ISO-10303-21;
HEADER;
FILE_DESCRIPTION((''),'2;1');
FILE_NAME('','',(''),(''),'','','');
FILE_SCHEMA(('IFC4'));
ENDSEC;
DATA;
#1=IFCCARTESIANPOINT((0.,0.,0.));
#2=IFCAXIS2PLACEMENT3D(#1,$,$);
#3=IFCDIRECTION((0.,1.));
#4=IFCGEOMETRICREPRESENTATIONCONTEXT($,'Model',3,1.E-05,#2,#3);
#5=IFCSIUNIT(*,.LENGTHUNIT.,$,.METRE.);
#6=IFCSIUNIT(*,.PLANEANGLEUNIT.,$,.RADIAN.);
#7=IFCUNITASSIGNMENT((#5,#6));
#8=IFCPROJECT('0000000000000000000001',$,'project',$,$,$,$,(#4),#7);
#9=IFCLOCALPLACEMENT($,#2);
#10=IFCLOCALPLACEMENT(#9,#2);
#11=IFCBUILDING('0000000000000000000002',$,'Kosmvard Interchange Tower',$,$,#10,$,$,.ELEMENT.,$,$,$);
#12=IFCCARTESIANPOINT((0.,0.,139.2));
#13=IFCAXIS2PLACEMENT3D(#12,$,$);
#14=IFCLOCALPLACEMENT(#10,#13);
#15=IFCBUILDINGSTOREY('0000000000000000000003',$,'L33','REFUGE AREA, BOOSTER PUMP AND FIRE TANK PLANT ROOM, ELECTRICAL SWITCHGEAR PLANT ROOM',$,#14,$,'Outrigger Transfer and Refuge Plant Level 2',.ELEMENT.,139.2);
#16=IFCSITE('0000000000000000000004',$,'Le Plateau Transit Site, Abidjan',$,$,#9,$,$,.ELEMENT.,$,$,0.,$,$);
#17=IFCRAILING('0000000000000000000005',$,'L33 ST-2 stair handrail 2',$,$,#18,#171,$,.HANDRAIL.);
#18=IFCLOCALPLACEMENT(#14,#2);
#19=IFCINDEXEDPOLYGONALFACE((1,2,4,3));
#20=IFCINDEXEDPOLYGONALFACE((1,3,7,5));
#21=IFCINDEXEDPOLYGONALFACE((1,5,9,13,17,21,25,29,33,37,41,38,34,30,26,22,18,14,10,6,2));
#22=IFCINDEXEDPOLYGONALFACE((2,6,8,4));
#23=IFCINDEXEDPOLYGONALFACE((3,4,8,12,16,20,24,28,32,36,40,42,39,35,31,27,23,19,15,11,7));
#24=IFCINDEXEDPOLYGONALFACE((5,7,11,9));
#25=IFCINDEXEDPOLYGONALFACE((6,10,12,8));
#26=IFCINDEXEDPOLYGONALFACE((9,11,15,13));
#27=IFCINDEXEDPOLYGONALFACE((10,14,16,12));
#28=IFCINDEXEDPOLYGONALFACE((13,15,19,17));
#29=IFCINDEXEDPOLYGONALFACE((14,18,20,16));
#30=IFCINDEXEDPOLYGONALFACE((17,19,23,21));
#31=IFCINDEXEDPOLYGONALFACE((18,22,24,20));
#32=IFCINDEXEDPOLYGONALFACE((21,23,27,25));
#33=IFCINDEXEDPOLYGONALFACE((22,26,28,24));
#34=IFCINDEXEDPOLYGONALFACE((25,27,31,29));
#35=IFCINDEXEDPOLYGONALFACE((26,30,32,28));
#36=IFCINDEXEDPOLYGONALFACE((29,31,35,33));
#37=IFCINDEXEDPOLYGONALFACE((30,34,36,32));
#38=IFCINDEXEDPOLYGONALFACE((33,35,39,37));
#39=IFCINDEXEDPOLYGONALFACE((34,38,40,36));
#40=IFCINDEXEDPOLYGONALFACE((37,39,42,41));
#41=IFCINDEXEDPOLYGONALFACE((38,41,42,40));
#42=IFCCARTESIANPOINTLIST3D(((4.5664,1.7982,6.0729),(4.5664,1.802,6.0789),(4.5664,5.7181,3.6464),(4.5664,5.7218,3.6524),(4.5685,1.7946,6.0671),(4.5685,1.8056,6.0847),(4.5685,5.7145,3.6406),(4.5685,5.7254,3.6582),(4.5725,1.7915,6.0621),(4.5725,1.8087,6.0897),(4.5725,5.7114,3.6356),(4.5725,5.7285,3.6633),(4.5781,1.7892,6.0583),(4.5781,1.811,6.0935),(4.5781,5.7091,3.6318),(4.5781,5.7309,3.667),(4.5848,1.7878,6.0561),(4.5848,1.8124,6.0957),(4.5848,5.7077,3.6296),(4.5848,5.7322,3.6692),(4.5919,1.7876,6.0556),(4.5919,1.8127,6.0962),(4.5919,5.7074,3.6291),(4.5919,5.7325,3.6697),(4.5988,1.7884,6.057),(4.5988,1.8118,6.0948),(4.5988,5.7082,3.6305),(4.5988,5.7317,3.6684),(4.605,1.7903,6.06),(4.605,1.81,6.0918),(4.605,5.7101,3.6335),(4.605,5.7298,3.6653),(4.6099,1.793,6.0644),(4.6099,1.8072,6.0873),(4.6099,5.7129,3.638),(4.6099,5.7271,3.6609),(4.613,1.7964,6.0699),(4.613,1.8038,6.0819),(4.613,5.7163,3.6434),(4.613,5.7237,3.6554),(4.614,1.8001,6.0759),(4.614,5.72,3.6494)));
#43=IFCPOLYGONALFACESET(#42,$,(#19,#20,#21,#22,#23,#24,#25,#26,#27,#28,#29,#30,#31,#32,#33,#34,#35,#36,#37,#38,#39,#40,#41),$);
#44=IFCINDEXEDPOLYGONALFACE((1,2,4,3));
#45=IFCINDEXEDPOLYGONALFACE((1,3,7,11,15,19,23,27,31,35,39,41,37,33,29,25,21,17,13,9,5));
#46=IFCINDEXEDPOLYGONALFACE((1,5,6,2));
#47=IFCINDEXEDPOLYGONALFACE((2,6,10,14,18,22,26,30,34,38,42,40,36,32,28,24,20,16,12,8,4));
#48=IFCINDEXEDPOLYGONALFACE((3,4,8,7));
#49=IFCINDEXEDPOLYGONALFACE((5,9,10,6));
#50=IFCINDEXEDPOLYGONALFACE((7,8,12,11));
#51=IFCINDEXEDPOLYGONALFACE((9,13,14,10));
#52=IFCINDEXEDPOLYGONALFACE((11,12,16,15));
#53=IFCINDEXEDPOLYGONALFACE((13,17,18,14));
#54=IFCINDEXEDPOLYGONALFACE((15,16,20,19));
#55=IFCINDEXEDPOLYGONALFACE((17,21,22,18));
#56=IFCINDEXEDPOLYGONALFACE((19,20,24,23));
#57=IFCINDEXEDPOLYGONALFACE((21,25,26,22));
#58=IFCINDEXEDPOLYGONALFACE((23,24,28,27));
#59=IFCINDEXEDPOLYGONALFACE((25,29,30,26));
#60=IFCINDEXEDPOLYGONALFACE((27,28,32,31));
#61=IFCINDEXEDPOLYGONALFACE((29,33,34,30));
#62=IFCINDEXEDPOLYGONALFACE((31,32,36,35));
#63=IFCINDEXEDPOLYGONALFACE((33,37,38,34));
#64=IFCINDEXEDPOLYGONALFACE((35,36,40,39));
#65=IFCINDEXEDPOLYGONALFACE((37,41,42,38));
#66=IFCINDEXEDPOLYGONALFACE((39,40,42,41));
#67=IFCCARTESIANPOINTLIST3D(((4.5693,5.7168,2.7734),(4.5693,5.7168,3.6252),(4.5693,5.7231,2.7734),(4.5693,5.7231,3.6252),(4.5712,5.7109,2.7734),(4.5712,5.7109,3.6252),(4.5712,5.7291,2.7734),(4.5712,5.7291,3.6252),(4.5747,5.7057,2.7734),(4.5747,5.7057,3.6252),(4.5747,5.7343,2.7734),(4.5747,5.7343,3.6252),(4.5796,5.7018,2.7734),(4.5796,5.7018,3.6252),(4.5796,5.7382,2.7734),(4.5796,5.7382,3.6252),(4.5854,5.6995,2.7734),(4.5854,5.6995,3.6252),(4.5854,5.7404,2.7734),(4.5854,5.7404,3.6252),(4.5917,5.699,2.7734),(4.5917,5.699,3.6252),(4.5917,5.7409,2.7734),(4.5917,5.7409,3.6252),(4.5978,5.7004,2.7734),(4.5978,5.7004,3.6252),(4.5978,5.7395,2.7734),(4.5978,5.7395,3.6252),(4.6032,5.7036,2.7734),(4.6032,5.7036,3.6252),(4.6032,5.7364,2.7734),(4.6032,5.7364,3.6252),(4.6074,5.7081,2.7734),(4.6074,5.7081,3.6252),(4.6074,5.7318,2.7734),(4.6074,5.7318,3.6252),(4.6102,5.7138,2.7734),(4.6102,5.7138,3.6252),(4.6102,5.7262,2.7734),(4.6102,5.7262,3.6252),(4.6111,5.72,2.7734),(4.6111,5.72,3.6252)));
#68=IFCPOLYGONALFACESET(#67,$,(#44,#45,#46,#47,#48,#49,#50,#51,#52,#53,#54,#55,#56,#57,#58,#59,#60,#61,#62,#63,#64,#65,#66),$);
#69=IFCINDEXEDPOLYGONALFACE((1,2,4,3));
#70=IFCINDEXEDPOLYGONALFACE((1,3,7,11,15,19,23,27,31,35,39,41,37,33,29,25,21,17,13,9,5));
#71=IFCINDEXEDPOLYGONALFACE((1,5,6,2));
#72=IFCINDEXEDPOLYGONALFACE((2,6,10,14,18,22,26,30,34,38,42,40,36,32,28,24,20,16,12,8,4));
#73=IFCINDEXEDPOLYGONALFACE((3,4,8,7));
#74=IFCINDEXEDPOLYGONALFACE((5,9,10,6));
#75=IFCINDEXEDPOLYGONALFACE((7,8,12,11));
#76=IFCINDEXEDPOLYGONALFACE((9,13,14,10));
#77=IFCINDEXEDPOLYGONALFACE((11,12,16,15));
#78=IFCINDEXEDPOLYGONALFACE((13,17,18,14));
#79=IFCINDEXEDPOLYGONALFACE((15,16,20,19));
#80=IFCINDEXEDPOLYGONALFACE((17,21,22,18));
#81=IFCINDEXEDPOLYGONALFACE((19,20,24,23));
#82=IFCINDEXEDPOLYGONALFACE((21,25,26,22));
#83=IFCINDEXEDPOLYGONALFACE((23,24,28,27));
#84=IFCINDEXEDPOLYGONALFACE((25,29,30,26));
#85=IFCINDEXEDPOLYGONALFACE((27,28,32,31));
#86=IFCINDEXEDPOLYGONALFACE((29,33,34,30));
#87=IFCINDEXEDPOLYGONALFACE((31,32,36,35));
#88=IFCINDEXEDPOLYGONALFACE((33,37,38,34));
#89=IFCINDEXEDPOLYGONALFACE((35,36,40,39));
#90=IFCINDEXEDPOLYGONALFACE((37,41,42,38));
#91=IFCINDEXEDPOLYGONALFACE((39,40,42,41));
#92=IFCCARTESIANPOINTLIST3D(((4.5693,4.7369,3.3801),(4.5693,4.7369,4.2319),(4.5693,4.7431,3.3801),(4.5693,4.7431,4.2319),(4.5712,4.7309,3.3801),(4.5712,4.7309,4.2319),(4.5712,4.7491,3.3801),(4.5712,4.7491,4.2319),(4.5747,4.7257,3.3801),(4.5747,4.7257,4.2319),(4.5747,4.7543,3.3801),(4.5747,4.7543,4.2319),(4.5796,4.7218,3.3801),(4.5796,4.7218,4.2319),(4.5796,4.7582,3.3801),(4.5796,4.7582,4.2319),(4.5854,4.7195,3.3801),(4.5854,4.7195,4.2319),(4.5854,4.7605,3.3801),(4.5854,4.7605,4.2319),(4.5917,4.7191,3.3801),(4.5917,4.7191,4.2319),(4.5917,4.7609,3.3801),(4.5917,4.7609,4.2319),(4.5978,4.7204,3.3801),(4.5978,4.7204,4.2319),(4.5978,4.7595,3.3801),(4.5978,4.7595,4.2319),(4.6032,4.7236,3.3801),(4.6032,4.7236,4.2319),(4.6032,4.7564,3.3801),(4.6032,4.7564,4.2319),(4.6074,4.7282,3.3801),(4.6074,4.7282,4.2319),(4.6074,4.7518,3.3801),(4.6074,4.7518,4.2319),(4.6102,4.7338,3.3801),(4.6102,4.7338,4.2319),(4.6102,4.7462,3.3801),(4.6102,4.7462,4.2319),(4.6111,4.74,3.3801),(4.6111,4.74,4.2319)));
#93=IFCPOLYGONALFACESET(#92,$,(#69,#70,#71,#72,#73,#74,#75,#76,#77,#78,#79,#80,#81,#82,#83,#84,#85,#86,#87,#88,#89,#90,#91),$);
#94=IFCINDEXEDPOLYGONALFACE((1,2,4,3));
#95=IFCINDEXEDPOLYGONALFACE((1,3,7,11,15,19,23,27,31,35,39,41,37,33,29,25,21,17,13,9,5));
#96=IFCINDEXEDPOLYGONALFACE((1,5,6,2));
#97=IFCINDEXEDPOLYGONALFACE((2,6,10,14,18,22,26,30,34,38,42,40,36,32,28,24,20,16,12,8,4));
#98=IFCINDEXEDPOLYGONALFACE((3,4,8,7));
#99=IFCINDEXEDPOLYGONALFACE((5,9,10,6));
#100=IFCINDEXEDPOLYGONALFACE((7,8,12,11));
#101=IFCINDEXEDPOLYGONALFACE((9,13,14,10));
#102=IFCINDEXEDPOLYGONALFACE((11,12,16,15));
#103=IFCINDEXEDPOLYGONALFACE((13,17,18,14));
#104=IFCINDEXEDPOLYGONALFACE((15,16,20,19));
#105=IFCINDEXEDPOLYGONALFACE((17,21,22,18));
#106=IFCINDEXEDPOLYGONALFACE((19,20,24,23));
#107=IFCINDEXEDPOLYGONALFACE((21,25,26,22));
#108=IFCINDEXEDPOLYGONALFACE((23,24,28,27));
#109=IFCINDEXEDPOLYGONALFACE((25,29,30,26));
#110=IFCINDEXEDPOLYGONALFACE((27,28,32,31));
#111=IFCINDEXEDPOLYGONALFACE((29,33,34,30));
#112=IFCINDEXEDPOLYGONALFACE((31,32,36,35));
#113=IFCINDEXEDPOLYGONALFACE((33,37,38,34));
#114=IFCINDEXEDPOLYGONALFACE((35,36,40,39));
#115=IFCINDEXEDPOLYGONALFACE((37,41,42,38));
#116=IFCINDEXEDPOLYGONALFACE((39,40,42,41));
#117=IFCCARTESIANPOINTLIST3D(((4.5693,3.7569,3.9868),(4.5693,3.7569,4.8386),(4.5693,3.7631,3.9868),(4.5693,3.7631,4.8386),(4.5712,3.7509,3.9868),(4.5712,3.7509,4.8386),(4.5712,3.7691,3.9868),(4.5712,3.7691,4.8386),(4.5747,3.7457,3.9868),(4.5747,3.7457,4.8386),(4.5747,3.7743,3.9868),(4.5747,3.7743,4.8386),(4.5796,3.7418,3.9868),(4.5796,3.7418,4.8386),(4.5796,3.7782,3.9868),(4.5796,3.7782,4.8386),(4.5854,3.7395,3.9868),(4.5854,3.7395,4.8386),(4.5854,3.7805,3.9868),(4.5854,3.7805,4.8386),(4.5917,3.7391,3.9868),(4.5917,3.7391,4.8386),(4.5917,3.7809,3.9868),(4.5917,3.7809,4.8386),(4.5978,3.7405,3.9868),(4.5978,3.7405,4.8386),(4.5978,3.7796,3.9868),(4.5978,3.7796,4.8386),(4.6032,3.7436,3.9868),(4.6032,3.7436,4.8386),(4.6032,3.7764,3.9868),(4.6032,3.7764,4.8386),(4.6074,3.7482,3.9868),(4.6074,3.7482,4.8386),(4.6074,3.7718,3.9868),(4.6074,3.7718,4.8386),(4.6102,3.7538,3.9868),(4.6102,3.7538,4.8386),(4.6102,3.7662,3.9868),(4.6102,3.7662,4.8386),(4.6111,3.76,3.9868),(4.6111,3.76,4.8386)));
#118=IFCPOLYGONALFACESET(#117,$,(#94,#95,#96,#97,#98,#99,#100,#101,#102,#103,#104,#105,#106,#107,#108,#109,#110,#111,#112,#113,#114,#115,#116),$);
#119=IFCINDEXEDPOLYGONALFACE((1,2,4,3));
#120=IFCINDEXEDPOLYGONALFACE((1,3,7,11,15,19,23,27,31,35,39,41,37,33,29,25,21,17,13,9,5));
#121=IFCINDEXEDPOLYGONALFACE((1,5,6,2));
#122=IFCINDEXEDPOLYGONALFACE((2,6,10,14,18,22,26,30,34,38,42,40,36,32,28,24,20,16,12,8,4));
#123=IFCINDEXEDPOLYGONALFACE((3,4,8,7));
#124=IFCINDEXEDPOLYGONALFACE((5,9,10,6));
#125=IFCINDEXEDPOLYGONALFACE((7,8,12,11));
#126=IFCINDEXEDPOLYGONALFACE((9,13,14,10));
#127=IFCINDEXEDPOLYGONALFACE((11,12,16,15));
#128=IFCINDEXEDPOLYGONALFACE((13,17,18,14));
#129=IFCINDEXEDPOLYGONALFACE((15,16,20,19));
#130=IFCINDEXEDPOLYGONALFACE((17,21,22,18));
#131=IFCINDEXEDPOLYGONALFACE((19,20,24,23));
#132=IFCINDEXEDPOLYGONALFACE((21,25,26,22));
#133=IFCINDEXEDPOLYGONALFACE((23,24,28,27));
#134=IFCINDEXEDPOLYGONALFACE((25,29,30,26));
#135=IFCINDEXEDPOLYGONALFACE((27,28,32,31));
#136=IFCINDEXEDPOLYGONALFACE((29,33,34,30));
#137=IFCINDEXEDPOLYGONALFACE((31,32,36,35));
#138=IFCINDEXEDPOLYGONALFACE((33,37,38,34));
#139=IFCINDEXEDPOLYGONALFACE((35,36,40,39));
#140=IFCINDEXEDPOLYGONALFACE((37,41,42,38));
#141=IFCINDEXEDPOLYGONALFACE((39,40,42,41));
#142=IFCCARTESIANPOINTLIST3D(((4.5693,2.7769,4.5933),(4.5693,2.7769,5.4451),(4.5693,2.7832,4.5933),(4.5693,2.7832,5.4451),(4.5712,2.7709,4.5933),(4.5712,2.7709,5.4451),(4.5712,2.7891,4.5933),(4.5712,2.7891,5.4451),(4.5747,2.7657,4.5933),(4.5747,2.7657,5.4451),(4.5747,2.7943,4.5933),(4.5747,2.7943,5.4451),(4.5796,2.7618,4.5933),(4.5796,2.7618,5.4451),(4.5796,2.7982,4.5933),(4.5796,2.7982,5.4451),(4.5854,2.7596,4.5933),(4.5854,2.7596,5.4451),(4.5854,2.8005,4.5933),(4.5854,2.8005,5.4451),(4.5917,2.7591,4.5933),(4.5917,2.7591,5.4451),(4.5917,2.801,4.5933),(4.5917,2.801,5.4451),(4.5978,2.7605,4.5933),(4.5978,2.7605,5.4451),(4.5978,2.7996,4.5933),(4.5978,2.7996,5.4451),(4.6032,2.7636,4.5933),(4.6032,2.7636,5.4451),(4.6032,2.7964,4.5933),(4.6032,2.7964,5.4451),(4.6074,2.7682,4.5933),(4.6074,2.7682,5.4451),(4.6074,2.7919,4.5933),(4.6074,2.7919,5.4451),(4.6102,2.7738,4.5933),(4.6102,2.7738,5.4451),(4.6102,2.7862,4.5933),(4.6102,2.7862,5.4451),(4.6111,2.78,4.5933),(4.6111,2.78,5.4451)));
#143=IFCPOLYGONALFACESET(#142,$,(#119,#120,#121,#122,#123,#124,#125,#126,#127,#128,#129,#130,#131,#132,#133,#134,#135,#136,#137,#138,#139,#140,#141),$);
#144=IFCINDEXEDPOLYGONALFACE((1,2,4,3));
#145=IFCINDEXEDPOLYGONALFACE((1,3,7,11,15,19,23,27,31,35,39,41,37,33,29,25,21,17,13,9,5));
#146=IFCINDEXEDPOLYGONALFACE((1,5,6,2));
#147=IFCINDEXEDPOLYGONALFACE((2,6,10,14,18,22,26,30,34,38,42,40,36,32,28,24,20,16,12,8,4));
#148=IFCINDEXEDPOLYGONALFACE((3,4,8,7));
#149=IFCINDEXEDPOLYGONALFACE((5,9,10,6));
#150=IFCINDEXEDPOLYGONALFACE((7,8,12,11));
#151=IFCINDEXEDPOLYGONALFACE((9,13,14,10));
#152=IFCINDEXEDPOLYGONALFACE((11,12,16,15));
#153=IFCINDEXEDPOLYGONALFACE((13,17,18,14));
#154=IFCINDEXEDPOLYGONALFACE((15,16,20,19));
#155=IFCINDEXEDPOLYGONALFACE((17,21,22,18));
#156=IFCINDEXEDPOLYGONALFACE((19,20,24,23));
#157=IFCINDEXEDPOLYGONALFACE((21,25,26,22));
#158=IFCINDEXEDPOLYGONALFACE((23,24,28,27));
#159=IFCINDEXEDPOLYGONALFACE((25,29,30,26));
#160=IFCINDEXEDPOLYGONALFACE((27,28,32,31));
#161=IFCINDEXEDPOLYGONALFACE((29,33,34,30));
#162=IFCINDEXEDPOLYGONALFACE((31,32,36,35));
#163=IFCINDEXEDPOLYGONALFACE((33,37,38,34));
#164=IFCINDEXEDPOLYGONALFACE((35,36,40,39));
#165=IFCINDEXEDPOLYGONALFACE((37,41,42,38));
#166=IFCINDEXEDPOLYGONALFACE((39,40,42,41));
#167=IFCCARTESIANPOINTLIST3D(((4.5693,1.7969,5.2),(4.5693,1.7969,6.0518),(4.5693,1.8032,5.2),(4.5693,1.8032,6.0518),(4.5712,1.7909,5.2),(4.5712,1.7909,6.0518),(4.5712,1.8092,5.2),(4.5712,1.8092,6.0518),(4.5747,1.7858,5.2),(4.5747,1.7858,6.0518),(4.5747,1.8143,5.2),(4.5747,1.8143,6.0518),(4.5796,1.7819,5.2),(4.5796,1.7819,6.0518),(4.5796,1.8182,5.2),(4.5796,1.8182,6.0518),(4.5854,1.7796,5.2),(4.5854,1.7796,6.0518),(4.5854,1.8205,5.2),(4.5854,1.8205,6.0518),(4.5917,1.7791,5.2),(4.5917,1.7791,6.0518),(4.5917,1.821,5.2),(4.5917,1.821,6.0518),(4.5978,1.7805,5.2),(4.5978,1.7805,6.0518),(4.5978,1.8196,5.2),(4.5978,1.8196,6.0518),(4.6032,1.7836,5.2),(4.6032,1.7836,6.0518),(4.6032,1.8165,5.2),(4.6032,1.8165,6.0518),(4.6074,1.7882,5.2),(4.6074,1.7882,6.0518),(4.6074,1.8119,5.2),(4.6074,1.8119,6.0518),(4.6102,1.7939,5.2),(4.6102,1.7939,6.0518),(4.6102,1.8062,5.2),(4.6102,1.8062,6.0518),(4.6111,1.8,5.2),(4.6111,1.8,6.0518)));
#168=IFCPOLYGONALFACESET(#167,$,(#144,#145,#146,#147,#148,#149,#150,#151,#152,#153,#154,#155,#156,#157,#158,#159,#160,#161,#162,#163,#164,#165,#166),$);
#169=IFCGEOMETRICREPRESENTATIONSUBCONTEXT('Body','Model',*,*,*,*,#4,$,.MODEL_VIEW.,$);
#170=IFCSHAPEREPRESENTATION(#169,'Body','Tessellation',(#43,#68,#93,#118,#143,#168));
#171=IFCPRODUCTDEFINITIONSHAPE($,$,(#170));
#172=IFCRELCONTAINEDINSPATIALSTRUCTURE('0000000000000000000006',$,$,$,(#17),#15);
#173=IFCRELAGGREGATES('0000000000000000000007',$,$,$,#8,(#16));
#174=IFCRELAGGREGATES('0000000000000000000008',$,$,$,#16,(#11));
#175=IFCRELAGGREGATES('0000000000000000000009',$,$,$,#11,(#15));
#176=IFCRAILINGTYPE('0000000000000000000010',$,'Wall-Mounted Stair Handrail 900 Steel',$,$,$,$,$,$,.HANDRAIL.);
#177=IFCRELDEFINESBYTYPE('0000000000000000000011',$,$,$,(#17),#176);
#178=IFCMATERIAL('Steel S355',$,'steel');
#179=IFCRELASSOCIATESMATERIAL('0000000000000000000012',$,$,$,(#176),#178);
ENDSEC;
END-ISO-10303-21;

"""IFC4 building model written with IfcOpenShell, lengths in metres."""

from ifc_helpers import new_model, si_unit, direction, frame, origin, origin_2d, place, context, subcontext, project, spatial, circle, extrude, source, transform, mapped, material, type_object, element, save


model = new_model("IFC4")

# Units and contexts
model_context = context("Model", 3, precision=1e-05, world=origin(), true_north=direction((0.0, 1.0)))
body_context = subcontext(model_context, "Body", "Model", "MODEL_VIEW")
ifc_project = project(units=[si_unit("LENGTHUNIT", "METRE"), si_unit("PLANEANGLEUNIT", "RADIAN")], contexts=[model_context])

# Site, building, storey
site_placement = place(None, origin())
site = spatial("IfcSite", under=ifc_project, at=site_placement, Name="Le Plateau Transit Site, Abidjan", CompositionType="ELEMENT", RefElevation=0.0)
building_placement = place(site_placement, origin())
building = spatial("IfcBuilding", under=site, at=building_placement, Name="Kosmvard Interchange Tower", CompositionType="ELEMENT")
storey_placement = place(building_placement, frame((0.0, 0.0, 139.2)))
storey = spatial("IfcBuildingStorey", under=building, at=storey_placement, Name="L33", Description="REFUGE AREA, BOOSTER PUMP AND FIRE TANK PLANT ROOM, ELECTRICAL SWITCHGEAR PLANT ROOM", LongName="Outrigger Transfer and Refuge Plant Level 2", CompositionType="ELEMENT", Elevation=139.2)

# Railing
ifc_material_1 = material(Name="Steel S355", Category="steel")
railing_type_1 = type_object("IfcRailingType", Name="Wall-Mounted Stair Handrail 900 Steel", PredefinedType="HANDRAIL", material=ifc_material_1)
shared_shape_1 = source(origin(), body_context, "Body", "SweptSolid", [
    extrude(circle(Radius=0.0239, at=origin_2d()), frame((0.0, 0.0, 0.876), z_axis=(0.0, -0.850275, 0.526338), x_axis=(1.0, 0.0, 0.0)), (0.0, 0.0, 1.0), 4.6101),
    extrude(circle(Radius=0.021, at=origin_2d()), origin(), (0.0, 0.0, 1.0), 0.8518),
    extrude(circle(Radius=0.021, at=origin_2d()), frame((0.0, -0.98, 0.6067)), (0.0, 0.0, 1.0), 0.8518),
    extrude(circle(Radius=0.021, at=origin_2d()), frame((0.0, -1.96, 1.2134)), (0.0, 0.0, 1.0), 0.8518),
    extrude(circle(Radius=0.021, at=origin_2d()), frame((0.0, -2.9399, 1.8198)), (0.0, 0.0, 1.0), 0.8518),
    extrude(circle(Radius=0.021, at=origin_2d()), frame((0.0, -3.9199, 2.4265)), (0.0, 0.0, 1.0), 0.8518),
])
railing_1_placement = place(storey_placement, frame((4.5901, 5.72, 2.7734)))
element("IfcRailing", 1, at=railing_1_placement, inside=storey, type_object=railing_type_1, Name="L33 ST-2 stair handrail 2", PredefinedType="HANDRAIL", context=body_context, shape_type="MappedRepresentation", body=[
    mapped(shared_shape_1, transform((0.0, 0.0, 0.0), scale=1.0)),
])

save(model, "model.ifc")
